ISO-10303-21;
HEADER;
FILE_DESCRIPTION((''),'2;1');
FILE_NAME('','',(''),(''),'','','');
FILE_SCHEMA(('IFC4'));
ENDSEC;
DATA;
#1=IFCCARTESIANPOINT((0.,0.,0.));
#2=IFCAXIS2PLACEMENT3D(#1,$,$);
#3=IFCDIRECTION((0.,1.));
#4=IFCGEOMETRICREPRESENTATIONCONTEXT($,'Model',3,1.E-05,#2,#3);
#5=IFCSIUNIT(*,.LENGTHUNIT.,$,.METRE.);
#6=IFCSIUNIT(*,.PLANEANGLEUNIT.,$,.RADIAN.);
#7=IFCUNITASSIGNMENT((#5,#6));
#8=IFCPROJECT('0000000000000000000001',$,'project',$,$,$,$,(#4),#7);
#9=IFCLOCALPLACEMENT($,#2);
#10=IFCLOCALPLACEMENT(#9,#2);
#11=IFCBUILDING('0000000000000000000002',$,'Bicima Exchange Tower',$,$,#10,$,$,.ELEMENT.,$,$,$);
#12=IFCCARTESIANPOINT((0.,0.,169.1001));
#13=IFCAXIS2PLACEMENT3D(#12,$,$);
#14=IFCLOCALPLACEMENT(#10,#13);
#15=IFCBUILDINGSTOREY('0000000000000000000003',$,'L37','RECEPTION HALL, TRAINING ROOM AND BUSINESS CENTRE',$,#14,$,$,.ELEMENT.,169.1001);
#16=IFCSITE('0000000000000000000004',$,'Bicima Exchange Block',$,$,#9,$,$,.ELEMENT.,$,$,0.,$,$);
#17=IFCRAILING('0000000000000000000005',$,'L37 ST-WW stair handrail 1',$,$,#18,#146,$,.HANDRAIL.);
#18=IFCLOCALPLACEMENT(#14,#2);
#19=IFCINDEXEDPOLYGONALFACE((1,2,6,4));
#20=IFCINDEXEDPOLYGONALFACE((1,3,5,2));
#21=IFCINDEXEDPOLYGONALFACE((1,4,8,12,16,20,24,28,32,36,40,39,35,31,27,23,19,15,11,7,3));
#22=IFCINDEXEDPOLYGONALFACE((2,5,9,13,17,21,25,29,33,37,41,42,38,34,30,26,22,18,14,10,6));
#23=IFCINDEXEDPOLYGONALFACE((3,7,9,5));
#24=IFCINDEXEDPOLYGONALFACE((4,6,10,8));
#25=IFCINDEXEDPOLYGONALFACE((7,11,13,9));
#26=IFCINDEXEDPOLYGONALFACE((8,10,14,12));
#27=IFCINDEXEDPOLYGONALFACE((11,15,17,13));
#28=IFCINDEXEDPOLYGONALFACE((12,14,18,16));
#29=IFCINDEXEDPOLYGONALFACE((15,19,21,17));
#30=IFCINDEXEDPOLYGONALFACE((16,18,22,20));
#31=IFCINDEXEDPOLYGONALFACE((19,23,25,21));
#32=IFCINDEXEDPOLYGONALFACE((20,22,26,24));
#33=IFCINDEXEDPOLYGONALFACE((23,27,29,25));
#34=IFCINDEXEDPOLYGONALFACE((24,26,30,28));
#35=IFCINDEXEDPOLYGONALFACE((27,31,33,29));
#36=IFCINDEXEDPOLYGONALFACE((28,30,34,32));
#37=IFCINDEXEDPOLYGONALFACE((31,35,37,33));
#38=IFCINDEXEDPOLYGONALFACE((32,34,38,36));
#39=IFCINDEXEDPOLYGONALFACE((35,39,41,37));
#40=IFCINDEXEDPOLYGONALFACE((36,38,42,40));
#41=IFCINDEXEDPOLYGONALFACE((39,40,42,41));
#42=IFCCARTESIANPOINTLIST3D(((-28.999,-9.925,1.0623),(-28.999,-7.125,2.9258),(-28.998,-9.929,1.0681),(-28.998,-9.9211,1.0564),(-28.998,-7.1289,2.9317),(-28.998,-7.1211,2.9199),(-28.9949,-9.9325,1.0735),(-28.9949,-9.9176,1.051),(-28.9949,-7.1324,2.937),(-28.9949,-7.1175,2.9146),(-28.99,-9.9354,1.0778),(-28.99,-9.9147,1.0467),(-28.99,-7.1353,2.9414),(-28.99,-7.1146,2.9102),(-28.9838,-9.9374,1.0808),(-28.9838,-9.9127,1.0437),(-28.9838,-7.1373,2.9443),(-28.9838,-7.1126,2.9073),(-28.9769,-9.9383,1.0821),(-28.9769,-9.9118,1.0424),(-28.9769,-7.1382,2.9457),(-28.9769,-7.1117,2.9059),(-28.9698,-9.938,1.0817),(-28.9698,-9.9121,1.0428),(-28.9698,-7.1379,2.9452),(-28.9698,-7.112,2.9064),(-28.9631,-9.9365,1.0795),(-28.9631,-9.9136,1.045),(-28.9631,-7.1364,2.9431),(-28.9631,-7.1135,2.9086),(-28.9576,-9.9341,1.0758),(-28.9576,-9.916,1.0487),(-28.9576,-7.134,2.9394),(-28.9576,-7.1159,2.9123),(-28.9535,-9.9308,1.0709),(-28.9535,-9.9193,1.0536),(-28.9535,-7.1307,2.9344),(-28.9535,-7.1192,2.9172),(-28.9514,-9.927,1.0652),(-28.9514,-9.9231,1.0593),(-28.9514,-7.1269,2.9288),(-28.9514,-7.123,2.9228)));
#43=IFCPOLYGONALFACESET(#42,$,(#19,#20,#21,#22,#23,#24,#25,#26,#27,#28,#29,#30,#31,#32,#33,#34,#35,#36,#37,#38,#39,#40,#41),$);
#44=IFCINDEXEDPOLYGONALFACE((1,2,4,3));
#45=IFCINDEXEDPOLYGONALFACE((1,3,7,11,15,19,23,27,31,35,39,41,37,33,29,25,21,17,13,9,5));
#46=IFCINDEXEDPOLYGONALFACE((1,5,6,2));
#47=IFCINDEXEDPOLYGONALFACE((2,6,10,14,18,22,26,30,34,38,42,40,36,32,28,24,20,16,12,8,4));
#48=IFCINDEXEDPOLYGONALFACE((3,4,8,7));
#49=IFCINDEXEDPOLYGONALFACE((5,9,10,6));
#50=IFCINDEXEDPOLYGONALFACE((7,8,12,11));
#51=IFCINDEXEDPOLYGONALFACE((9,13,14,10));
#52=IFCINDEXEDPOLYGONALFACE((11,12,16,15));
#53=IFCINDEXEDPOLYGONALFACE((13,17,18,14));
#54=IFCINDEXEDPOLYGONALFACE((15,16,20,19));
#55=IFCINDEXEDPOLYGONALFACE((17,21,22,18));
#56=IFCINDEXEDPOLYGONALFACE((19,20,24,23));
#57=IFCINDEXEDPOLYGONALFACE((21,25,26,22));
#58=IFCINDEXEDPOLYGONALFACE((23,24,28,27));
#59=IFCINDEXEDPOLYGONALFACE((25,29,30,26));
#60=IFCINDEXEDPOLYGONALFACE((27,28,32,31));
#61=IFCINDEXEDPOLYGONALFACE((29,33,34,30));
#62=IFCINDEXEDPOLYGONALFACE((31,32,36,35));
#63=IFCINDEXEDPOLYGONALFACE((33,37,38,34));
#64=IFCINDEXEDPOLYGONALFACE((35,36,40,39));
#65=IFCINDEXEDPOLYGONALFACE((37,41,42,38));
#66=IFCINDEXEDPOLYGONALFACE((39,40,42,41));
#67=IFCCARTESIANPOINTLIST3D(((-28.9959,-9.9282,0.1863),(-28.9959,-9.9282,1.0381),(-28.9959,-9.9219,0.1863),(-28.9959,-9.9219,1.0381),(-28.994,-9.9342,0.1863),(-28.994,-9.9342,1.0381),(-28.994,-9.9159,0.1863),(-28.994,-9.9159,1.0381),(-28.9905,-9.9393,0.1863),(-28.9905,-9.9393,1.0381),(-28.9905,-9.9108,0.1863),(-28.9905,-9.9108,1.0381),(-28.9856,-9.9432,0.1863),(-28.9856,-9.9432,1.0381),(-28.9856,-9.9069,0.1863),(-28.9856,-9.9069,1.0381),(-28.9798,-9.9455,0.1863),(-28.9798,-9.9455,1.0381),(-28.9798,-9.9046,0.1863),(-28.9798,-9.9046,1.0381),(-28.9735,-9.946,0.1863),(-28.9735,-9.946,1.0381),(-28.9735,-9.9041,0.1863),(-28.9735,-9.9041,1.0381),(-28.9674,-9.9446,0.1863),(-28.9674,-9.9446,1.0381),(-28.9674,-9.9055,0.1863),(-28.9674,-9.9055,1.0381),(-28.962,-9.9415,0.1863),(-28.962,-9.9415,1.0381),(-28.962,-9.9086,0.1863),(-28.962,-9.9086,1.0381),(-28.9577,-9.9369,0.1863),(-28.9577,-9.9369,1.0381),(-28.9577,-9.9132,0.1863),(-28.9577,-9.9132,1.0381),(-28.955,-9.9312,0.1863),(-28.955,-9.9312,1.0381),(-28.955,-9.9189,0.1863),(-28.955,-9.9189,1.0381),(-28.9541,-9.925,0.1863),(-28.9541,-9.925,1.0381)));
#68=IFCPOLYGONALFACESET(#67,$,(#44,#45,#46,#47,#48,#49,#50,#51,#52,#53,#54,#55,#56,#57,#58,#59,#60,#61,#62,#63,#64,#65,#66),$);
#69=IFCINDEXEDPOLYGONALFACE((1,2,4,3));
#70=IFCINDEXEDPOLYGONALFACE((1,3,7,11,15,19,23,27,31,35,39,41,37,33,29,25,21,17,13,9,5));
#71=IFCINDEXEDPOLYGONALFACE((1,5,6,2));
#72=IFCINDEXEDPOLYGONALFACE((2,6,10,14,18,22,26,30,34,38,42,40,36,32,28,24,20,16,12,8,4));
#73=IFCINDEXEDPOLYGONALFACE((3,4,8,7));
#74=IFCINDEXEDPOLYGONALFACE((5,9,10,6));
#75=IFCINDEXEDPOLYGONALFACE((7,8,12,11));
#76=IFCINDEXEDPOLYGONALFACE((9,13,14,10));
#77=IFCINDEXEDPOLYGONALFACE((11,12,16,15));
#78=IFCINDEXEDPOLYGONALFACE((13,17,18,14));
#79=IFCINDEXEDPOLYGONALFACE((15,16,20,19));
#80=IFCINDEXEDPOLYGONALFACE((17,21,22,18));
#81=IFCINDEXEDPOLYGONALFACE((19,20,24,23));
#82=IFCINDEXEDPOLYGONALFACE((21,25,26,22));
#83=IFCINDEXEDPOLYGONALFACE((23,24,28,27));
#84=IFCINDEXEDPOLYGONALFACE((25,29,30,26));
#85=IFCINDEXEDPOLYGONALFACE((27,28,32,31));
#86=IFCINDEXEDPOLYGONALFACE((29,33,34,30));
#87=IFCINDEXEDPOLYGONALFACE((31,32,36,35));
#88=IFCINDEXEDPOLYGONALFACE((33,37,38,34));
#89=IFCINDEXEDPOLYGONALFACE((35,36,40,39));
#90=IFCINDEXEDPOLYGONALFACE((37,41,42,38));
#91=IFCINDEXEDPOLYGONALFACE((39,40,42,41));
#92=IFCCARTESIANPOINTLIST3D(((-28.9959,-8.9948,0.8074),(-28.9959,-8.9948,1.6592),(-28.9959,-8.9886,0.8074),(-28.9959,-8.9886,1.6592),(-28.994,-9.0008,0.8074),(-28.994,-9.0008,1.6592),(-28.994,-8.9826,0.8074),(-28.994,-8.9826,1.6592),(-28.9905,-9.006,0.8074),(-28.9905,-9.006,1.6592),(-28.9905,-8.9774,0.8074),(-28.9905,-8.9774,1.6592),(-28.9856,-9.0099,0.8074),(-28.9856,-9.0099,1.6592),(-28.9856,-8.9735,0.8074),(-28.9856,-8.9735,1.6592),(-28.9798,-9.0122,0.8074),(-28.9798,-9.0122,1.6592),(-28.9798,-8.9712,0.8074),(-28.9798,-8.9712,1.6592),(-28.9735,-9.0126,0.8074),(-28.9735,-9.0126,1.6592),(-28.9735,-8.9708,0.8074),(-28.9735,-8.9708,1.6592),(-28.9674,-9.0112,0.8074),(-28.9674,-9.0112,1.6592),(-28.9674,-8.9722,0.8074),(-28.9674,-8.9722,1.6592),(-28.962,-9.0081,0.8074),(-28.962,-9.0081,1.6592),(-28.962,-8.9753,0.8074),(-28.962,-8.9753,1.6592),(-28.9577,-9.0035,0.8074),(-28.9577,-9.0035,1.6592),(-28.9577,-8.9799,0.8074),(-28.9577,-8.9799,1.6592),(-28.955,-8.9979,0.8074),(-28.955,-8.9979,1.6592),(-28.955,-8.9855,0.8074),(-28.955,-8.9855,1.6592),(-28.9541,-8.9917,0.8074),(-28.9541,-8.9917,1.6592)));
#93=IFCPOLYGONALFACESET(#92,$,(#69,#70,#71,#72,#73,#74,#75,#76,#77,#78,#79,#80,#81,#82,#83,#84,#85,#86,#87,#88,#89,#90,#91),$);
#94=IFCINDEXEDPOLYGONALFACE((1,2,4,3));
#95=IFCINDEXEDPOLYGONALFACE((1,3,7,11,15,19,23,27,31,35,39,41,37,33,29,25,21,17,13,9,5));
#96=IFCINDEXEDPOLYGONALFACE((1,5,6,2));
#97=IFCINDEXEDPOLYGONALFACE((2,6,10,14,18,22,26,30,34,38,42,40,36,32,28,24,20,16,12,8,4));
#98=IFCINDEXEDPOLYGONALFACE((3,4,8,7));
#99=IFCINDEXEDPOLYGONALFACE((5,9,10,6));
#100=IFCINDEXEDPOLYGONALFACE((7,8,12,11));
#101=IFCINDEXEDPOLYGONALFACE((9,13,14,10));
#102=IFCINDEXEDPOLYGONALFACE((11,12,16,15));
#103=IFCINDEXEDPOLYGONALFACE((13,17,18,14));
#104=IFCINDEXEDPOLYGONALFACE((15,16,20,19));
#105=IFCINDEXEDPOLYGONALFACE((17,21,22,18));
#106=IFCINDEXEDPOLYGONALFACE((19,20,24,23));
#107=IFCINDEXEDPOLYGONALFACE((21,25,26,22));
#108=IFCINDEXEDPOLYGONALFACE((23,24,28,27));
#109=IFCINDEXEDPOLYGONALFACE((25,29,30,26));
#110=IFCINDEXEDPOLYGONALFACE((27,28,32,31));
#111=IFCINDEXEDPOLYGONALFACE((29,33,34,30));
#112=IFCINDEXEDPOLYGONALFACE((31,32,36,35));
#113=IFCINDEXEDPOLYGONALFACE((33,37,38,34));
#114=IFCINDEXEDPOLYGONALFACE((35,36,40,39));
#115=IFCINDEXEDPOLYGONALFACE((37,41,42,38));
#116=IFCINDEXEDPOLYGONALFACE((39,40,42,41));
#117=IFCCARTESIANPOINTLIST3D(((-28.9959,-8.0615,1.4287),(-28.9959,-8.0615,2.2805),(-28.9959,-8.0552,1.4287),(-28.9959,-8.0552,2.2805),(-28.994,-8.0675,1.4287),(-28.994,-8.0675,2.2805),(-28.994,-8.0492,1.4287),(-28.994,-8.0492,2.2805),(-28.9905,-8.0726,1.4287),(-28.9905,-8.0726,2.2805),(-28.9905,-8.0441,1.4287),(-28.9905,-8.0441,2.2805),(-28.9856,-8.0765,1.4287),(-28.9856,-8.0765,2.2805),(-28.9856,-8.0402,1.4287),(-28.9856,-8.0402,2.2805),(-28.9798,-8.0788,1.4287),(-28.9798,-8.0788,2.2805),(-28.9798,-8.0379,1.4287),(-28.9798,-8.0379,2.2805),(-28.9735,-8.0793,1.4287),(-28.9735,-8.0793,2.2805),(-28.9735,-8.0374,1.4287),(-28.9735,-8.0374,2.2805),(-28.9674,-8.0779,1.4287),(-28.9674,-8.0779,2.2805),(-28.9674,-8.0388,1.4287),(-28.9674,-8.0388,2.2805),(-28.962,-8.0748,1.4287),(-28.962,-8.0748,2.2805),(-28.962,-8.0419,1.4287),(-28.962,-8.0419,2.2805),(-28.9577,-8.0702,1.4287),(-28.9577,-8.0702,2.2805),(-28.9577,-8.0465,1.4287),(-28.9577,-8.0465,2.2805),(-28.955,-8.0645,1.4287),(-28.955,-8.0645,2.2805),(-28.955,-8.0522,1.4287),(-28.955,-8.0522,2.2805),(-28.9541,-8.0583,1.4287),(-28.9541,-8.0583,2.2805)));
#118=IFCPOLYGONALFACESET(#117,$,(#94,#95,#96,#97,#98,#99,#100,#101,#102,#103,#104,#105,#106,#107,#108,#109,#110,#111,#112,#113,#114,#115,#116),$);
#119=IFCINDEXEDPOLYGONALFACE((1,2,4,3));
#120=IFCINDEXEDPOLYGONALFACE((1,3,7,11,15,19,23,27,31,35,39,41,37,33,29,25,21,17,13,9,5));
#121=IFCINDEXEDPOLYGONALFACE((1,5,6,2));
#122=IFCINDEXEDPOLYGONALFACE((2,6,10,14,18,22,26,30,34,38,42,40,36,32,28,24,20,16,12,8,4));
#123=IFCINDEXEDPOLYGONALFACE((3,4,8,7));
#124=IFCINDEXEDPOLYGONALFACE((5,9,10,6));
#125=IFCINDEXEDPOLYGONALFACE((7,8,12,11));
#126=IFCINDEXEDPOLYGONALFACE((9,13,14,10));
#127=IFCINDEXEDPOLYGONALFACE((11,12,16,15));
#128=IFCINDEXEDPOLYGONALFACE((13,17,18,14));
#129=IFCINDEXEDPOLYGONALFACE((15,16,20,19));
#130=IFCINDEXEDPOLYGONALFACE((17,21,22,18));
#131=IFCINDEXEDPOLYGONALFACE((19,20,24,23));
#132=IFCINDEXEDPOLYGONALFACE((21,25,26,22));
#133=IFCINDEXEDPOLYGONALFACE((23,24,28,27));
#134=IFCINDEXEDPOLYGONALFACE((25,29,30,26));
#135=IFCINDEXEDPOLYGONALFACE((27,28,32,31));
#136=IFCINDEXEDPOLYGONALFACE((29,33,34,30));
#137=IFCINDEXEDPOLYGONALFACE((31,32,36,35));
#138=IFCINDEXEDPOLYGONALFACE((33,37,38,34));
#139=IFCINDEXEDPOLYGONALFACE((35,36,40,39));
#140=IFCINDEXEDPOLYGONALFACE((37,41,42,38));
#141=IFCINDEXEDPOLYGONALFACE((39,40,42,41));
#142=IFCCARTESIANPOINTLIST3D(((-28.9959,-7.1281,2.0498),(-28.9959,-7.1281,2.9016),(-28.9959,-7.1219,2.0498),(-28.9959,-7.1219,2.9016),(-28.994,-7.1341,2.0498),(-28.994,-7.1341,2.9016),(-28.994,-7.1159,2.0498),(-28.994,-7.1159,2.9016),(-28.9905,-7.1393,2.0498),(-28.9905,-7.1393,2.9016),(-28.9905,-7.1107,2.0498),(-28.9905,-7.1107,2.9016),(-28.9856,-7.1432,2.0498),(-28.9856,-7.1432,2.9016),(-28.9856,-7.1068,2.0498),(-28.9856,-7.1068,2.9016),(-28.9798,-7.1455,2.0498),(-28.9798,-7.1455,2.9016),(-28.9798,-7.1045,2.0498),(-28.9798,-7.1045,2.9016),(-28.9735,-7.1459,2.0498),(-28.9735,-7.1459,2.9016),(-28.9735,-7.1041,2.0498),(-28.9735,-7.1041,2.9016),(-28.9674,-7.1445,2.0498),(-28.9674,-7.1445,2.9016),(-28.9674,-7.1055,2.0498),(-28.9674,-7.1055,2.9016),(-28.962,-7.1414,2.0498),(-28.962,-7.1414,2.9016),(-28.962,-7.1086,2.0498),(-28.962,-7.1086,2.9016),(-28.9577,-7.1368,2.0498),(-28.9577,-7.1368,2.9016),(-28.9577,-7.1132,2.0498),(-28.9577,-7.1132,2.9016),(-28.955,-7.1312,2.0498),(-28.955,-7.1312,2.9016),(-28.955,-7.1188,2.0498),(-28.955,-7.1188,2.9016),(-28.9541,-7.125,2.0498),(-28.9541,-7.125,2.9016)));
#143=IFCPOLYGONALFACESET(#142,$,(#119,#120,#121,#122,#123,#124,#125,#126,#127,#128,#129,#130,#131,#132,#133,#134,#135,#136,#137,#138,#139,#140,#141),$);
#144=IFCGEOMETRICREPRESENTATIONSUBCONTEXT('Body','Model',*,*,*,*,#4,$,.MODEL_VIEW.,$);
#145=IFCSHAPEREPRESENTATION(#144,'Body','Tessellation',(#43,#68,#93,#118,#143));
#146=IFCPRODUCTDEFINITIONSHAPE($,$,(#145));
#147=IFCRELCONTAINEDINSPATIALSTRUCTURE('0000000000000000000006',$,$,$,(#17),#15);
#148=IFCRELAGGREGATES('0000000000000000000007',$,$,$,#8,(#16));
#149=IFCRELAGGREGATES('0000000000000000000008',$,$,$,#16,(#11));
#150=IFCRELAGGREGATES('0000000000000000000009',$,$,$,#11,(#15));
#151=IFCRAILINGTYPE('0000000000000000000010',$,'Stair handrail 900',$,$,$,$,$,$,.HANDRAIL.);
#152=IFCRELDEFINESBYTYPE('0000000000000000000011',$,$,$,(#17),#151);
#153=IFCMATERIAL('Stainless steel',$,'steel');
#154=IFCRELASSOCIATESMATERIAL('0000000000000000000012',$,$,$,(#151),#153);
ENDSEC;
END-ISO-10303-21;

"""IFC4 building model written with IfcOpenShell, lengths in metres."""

from ifc_helpers import new_model, si_unit, direction, frame, origin, origin_2d, place, context, subcontext, project, spatial, circle, extrude, material, type_object, element, save


model = new_model("IFC4")

# Units and contexts
model_context = context("Model", 3, precision=1e-05, world=origin(), true_north=direction((0.0, 1.0)))
body_context = subcontext(model_context, "Body", "Model", "MODEL_VIEW")
ifc_project = project(units=[si_unit("LENGTHUNIT", "METRE"), si_unit("PLANEANGLEUNIT", "RADIAN")], contexts=[model_context])

# Site, building, storey
site_placement = place(None, origin())
site = spatial("IfcSite", under=ifc_project, at=site_placement, Name="Bicima Exchange Block", CompositionType="ELEMENT", RefElevation=0.0)
building_placement = place(site_placement, origin())
building = spatial("IfcBuilding", under=site, at=building_placement, Name="Bicima Exchange Tower", CompositionType="ELEMENT")
storey_placement = place(building_placement, frame((0.0, 0.0, 169.1001)))
storey = spatial("IfcBuildingStorey", under=building, at=storey_placement, Name="L37", Description="RECEPTION HALL, TRAINING ROOM AND BUSINESS CENTRE", CompositionType="ELEMENT", Elevation=169.1001)

# Railing
ifc_material_1 = material(Name="Stainless steel", Category="steel")
railing_type_1 = type_object("IfcRailingType", Name="Stair handrail 900", PredefinedType="HANDRAIL", material=ifc_material_1)
railing_1_placement = place(storey_placement, frame((-28.9751, -9.925, 0.1863)))
element("IfcRailing", 1, at=railing_1_placement, inside=storey, type_object=railing_type_1, Name="L37 ST-WW stair handrail 1", PredefinedType="HANDRAIL", context=body_context, shape_type="SweptSolid", body=[
    extrude(circle(Radius=0.0239, at=origin_2d()), frame((0.0, 0.0, 0.876), z_axis=(0.0, 0.832486, 0.554047), x_axis=(-1.0, 0.0, 0.0)), (0.0, 0.0, 1.0), 3.3635),
    extrude(circle(Radius=0.021, at=origin_2d()), origin(), (0.0, 0.0, 1.0), 0.8518),
    extrude(circle(Radius=0.021, at=origin_2d()), frame((0.0, 0.9333, 0.6211)), (0.0, 0.0, 1.0), 0.8518),
    extrude(circle(Radius=0.021, at=origin_2d()), frame((0.0, 1.8667, 1.2424)), (0.0, 0.0, 1.0), 0.8518),
    extrude(circle(Radius=0.021, at=origin_2d()), frame((0.0, 2.8, 1.8635)), (0.0, 0.0, 1.0), 0.8518),
])

save(model, "model.ifc")
